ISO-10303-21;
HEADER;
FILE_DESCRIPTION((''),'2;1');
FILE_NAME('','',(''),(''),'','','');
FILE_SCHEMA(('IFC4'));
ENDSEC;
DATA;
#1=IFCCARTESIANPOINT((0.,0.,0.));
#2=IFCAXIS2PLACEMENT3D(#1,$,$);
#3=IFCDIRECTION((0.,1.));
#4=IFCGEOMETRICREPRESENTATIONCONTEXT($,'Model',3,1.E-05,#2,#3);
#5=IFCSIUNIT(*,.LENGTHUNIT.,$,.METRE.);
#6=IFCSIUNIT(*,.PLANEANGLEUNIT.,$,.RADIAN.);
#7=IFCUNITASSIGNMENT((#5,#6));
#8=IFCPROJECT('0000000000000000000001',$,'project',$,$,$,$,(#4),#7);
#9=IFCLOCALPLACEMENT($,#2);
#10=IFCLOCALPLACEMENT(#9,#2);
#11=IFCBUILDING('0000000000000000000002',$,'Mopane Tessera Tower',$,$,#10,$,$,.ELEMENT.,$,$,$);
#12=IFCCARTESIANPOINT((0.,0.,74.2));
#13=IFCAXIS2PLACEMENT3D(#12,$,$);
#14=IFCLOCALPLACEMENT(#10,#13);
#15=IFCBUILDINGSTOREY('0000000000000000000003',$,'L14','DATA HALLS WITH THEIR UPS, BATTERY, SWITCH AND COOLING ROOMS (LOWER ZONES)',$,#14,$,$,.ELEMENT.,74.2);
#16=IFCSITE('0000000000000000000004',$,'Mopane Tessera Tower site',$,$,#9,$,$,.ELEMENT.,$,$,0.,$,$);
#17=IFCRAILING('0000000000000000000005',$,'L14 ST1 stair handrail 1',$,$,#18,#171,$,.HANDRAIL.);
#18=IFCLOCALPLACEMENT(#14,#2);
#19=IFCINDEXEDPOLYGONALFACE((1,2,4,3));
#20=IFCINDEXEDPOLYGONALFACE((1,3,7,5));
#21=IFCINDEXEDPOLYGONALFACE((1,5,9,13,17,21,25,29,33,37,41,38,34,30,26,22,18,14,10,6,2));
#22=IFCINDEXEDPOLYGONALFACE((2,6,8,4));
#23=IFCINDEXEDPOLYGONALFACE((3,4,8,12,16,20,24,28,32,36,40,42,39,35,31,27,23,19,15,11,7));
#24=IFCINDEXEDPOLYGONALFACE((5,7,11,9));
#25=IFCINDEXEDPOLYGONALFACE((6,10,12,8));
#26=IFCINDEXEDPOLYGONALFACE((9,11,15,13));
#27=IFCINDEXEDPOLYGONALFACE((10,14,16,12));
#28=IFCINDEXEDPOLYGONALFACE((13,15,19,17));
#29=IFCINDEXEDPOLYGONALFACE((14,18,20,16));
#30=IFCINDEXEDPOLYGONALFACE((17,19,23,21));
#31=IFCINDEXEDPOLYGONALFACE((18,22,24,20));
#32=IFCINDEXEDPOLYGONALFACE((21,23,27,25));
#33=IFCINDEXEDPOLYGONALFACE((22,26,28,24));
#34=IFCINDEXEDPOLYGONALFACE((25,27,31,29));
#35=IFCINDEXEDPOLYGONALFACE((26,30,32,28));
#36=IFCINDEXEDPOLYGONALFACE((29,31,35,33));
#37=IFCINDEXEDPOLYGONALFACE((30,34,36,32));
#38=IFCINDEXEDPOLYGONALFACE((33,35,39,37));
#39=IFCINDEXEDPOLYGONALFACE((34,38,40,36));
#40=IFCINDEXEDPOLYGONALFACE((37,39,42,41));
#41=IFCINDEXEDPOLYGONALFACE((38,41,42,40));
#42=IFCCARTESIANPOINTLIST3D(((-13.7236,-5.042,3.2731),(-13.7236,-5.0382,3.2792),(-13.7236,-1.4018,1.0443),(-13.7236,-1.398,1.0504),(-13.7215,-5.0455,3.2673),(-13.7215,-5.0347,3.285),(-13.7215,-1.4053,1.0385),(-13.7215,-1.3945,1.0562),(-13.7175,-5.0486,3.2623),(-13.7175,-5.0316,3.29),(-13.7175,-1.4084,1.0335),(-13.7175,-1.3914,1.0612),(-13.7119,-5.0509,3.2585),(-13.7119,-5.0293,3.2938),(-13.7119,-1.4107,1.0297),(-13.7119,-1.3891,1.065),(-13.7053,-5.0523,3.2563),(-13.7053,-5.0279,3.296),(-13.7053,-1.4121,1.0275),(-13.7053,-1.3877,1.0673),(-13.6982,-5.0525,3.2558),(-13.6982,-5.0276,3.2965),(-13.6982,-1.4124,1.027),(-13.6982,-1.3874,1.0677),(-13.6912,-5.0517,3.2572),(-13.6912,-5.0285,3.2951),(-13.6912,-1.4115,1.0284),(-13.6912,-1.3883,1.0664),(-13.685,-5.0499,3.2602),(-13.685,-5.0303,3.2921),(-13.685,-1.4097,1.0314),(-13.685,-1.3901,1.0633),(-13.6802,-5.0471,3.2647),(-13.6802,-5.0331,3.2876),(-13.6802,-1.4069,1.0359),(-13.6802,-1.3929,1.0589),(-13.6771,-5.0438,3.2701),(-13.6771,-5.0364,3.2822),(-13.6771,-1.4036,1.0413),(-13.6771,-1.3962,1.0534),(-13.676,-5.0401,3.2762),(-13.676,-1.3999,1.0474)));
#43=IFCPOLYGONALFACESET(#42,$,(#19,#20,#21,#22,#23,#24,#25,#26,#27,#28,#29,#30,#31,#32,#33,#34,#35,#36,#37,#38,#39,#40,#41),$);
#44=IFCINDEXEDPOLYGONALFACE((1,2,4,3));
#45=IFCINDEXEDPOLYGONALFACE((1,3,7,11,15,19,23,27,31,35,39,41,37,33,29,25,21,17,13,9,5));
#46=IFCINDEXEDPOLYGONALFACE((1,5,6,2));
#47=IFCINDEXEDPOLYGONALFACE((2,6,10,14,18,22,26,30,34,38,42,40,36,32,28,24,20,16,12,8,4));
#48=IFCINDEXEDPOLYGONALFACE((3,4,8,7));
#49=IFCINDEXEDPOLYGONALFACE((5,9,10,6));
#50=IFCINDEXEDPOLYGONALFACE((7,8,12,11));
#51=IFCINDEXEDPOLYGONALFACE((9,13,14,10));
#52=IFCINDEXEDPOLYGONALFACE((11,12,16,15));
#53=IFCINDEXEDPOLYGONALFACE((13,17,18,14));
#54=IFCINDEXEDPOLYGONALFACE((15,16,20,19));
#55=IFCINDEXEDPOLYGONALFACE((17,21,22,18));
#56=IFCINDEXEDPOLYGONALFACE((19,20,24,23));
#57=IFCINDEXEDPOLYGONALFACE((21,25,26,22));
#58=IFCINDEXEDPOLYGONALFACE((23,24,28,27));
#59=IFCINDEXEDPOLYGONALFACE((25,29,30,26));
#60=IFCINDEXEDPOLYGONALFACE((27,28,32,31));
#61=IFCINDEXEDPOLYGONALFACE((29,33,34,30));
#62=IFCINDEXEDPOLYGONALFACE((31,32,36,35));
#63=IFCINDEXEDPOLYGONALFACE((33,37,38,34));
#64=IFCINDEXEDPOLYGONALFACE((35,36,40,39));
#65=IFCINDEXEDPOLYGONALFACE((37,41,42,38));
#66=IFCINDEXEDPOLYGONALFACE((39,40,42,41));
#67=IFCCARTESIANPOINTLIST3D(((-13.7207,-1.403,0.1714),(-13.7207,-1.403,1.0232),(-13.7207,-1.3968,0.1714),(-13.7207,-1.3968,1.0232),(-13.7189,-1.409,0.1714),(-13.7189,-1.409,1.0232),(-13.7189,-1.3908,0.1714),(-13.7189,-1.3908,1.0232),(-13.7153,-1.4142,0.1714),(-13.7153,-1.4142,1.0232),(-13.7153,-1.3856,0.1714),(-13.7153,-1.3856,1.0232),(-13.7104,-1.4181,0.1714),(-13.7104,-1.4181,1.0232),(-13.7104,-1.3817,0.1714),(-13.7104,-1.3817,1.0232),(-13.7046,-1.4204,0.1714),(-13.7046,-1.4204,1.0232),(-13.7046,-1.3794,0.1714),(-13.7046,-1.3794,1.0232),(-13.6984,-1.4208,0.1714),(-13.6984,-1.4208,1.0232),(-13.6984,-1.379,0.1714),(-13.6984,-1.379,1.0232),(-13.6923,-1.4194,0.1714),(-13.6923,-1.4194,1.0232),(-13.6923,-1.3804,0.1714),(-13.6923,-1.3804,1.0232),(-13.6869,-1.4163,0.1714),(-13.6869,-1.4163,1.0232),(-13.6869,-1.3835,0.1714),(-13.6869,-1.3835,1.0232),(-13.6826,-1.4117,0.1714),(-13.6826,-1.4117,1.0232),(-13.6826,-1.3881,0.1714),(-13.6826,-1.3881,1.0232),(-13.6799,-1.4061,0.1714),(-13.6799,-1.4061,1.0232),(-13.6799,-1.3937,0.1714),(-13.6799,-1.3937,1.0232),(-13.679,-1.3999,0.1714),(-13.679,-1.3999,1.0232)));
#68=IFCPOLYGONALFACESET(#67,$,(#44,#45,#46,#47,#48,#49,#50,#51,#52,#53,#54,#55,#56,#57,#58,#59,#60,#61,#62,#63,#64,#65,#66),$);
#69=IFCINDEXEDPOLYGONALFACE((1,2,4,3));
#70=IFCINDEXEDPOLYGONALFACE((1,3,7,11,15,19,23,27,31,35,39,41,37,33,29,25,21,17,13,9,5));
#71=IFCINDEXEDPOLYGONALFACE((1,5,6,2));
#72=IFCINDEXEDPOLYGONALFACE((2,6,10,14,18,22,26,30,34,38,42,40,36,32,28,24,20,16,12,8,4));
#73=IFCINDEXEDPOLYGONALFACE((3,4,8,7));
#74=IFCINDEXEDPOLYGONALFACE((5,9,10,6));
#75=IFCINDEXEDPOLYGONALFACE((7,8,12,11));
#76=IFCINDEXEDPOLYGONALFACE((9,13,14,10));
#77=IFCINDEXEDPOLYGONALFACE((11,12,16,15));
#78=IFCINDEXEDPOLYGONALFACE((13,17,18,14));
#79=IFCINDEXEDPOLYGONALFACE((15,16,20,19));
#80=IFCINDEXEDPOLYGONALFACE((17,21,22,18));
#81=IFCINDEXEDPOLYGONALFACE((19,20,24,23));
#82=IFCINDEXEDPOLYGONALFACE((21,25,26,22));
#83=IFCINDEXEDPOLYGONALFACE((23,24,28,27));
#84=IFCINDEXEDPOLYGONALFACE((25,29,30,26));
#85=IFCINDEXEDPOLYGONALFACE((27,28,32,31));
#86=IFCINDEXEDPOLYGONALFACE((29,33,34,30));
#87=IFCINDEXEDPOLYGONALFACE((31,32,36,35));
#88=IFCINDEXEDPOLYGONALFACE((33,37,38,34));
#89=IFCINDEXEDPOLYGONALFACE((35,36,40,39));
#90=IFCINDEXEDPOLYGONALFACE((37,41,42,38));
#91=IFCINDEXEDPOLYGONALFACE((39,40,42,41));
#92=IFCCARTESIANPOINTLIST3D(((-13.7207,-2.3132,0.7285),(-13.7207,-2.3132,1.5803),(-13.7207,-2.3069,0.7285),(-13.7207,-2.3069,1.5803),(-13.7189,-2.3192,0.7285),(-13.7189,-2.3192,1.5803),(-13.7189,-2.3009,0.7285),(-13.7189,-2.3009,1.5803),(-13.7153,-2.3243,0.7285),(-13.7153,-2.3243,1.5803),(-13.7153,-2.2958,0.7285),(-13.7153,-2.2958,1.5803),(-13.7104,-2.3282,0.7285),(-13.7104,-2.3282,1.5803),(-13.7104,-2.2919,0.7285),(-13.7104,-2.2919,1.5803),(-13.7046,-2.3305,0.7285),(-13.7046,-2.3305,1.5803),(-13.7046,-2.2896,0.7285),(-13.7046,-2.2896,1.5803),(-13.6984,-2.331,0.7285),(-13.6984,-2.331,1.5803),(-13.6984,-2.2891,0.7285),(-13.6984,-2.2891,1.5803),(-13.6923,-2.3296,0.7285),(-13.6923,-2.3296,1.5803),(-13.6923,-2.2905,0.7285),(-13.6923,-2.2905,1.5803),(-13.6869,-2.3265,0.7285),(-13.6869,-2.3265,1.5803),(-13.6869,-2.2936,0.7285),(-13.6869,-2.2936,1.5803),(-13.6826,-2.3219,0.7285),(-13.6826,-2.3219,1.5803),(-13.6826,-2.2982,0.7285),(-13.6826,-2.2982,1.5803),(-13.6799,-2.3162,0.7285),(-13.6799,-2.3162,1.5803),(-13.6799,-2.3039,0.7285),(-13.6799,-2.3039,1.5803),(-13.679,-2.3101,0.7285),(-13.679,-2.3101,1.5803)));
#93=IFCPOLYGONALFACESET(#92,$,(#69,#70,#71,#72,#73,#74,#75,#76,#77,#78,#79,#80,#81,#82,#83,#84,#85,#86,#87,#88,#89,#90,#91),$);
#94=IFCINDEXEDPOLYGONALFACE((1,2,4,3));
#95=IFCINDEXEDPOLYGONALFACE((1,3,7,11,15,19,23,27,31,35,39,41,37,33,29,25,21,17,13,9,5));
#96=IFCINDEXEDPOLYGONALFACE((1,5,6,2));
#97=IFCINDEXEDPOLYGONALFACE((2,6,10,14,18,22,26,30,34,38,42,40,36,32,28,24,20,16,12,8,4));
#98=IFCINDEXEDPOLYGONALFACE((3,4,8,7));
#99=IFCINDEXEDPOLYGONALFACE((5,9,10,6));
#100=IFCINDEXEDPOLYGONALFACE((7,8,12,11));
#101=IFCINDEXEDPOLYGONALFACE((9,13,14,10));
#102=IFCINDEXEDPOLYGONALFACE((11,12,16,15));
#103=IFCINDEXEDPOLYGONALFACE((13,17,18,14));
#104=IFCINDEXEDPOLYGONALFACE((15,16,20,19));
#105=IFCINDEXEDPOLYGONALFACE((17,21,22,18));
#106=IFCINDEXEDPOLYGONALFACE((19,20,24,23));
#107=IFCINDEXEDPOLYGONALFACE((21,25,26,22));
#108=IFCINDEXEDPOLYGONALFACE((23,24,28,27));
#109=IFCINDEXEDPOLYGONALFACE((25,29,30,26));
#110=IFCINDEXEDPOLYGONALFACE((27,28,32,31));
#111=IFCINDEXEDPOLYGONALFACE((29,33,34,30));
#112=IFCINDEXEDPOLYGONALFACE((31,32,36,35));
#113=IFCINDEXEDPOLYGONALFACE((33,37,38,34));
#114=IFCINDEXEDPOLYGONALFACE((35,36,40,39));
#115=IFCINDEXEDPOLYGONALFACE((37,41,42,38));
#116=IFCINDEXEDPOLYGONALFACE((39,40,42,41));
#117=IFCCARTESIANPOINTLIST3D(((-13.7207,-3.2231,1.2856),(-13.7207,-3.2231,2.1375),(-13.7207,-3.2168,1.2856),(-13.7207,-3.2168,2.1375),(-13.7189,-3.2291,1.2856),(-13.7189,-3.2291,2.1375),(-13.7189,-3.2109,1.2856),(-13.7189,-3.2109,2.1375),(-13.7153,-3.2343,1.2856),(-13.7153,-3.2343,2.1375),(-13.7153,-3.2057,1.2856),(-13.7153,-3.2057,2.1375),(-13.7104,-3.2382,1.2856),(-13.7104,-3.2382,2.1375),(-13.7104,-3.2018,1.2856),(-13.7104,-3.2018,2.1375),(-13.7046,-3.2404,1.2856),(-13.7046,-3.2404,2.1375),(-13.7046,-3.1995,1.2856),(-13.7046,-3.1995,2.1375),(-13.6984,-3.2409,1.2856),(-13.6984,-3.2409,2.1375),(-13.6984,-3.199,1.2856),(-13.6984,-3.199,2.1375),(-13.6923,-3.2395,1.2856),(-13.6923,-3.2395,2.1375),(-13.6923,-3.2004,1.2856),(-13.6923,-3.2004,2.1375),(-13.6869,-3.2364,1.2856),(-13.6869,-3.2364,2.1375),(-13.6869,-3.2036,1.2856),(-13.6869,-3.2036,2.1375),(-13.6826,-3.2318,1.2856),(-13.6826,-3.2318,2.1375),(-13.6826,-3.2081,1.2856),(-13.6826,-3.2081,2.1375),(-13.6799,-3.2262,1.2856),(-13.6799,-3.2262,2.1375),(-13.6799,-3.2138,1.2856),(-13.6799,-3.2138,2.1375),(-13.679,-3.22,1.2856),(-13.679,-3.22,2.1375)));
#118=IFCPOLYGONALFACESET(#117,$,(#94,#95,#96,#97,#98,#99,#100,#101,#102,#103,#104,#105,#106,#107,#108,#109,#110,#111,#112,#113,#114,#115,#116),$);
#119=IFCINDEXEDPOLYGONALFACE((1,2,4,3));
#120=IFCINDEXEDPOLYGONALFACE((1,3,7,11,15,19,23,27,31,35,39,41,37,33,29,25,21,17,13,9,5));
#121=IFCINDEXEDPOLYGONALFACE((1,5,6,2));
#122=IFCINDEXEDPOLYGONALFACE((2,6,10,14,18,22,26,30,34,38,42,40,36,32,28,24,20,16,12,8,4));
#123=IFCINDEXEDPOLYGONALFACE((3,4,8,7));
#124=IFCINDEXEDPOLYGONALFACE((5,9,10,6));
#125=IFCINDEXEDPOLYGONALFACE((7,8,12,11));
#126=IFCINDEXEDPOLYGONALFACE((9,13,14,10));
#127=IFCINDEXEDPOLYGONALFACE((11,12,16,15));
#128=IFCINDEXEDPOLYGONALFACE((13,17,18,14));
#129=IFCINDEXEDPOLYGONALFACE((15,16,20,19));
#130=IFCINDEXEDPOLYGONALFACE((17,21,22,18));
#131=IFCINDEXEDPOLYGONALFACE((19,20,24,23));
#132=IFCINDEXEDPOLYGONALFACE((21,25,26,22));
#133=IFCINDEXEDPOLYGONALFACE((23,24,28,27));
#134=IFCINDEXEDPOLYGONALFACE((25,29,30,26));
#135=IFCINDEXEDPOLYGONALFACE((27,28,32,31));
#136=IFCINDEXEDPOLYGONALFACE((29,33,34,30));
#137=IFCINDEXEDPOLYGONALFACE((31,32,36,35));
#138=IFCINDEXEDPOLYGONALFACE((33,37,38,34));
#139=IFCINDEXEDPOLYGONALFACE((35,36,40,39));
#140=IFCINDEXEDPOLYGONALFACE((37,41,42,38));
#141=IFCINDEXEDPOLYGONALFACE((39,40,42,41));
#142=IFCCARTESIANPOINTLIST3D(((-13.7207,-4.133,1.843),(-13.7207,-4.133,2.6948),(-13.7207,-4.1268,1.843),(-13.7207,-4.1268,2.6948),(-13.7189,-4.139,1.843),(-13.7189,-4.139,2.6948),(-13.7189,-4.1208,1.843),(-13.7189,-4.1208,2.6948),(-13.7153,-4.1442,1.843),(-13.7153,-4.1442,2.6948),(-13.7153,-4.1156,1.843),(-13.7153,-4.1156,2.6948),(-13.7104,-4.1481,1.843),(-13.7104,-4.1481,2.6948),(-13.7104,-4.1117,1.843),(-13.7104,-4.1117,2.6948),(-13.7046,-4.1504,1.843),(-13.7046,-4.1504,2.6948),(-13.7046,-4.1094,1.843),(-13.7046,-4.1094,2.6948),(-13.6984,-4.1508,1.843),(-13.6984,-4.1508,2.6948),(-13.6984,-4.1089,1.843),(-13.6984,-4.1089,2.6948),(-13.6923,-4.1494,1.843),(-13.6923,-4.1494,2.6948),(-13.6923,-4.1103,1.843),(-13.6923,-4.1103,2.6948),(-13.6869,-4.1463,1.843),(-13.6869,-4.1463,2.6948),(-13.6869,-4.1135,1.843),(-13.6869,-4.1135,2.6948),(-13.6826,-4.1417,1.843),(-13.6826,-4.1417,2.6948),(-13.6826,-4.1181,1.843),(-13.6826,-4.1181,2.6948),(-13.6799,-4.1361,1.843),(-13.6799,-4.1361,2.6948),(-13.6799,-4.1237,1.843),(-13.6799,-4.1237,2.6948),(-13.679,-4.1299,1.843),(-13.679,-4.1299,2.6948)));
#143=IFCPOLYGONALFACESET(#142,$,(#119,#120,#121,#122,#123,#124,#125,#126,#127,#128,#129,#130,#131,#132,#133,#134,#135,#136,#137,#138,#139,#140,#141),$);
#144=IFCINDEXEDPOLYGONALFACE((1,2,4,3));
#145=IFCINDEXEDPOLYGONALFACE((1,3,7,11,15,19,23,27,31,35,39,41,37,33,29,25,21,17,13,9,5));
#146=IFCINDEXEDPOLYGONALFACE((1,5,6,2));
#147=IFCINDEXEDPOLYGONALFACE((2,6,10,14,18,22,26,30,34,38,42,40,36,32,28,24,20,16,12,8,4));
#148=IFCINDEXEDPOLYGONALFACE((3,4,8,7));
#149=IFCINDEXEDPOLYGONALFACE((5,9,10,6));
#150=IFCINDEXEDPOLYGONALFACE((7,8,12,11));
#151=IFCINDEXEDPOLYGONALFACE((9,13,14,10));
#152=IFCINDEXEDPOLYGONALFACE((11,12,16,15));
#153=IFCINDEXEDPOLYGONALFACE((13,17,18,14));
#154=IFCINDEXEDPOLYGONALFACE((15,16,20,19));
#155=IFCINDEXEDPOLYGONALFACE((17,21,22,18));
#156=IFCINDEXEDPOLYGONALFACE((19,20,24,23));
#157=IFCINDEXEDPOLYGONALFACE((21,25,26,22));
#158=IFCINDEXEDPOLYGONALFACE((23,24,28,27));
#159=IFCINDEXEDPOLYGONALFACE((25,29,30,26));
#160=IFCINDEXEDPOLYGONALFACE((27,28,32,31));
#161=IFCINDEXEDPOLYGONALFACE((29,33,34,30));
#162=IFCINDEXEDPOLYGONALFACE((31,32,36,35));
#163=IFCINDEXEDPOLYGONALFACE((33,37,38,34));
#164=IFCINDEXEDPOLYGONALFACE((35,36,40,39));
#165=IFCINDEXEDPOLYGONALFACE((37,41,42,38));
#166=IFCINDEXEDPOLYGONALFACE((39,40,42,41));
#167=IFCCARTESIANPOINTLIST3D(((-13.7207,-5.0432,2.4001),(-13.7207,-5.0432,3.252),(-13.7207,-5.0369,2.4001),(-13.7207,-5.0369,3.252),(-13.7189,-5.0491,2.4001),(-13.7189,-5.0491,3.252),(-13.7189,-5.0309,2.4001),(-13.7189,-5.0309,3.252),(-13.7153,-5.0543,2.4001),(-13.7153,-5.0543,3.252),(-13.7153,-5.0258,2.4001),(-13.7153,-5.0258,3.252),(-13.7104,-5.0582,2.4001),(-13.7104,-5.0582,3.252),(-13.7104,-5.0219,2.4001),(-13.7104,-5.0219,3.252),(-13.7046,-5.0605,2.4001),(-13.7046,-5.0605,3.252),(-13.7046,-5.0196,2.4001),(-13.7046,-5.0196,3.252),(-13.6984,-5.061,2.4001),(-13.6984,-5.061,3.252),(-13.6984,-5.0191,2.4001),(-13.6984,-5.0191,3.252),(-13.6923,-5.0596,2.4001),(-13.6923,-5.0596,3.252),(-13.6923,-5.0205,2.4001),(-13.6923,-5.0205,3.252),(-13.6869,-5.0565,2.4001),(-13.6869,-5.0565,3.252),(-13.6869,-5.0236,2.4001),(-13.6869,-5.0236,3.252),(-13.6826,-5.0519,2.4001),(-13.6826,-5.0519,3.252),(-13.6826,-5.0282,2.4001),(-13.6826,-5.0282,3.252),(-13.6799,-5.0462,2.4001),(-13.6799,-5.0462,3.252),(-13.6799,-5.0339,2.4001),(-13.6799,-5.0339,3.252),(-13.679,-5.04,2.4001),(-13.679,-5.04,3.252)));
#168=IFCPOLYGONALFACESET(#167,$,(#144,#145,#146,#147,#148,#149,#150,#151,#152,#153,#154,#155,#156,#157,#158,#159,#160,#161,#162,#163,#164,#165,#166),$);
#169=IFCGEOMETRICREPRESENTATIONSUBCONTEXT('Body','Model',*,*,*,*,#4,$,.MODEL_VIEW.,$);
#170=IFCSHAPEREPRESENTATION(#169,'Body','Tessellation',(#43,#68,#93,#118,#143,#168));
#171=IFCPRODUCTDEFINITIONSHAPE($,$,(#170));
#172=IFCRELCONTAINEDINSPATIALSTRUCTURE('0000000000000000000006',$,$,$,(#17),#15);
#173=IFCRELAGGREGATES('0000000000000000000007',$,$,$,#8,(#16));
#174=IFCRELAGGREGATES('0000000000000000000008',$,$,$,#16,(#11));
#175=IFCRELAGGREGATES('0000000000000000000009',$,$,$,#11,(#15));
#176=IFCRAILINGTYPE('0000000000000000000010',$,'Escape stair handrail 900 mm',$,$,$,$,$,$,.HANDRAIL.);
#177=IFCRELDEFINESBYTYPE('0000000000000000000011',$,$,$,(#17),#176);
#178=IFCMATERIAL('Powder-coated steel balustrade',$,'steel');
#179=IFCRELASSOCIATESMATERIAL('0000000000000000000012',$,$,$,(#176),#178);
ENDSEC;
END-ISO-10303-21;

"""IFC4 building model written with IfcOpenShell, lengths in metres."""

from ifc_helpers import new_model, si_unit, direction, frame, origin, origin_2d, place, context, subcontext, project, spatial, circle, extrude, material, type_object, element, save


model = new_model("IFC4")

# Units and contexts
model_context = context("Model", 3, precision=1e-05, world=origin(), true_north=direction((0.0, 1.0)))
body_context = subcontext(model_context, "Body", "Model", "MODEL_VIEW")
ifc_project = project(units=[si_unit("LENGTHUNIT", "METRE"), si_unit("PLANEANGLEUNIT", "RADIAN")], contexts=[model_context])

# Site, building, storey
site_placement = place(None, origin())
site = spatial("IfcSite", under=ifc_project, at=site_placement, Name="Mopane Tessera Tower site", CompositionType="ELEMENT", RefElevation=0.0)
building_placement = place(site_placement, origin())
building = spatial("IfcBuilding", under=site, at=building_placement, Name="Mopane Tessera Tower", CompositionType="ELEMENT")
storey_placement = place(building_placement, frame((0.0, 0.0, 74.2)))
storey = spatial("IfcBuildingStorey", under=building, at=storey_placement, Name="L14", Description="DATA HALLS WITH THEIR UPS, BATTERY, SWITCH AND COOLING ROOMS (LOWER ZONES)", CompositionType="ELEMENT", Elevation=74.2)

# Railing
ifc_material_1 = material(Name="Powder-coated steel balustrade", Category="steel")
railing_type_1 = type_object("IfcRailingType", Name="Escape stair handrail 900 mm", PredefinedType="HANDRAIL", material=ifc_material_1)
railing_1_placement = place(storey_placement, frame((-13.7, -1.3999, 0.1714)))
element("IfcRailing", 1, at=railing_1_placement, inside=storey, type_object=railing_type_1, Name="L14 ST1 stair handrail 1", PredefinedType="HANDRAIL", context=body_context, shape_type="SweptSolid", body=[
    extrude(circle(Radius=0.0239, at=origin_2d()), frame((0.0, 0.0, 0.876), z_axis=(0.0, -0.85284, 0.522172), x_axis=(1.0, 0.0, 0.0)), (0.0, 0.0, 1.0), 4.2683),
    extrude(circle(Radius=0.021, at=origin_2d()), origin(), (0.0, 0.0, 1.0), 0.8518),
    extrude(circle(Radius=0.021, at=origin_2d()), frame((0.0, -0.9102, 0.5571)), (0.0, 0.0, 1.0), 0.8518),
    extrude(circle(Radius=0.021, at=origin_2d()), frame((0.0, -1.8201, 1.1143)), (0.0, 0.0, 1.0), 0.8518),
    extrude(circle(Radius=0.021, at=origin_2d()), frame((0.0, -2.73, 1.6716)), (0.0, 0.0, 1.0), 0.8518),
    extrude(circle(Radius=0.021, at=origin_2d()), frame((0.0, -3.6401, 2.2288)), (0.0, 0.0, 1.0), 0.8518),
])

save(model, "model.ifc")
